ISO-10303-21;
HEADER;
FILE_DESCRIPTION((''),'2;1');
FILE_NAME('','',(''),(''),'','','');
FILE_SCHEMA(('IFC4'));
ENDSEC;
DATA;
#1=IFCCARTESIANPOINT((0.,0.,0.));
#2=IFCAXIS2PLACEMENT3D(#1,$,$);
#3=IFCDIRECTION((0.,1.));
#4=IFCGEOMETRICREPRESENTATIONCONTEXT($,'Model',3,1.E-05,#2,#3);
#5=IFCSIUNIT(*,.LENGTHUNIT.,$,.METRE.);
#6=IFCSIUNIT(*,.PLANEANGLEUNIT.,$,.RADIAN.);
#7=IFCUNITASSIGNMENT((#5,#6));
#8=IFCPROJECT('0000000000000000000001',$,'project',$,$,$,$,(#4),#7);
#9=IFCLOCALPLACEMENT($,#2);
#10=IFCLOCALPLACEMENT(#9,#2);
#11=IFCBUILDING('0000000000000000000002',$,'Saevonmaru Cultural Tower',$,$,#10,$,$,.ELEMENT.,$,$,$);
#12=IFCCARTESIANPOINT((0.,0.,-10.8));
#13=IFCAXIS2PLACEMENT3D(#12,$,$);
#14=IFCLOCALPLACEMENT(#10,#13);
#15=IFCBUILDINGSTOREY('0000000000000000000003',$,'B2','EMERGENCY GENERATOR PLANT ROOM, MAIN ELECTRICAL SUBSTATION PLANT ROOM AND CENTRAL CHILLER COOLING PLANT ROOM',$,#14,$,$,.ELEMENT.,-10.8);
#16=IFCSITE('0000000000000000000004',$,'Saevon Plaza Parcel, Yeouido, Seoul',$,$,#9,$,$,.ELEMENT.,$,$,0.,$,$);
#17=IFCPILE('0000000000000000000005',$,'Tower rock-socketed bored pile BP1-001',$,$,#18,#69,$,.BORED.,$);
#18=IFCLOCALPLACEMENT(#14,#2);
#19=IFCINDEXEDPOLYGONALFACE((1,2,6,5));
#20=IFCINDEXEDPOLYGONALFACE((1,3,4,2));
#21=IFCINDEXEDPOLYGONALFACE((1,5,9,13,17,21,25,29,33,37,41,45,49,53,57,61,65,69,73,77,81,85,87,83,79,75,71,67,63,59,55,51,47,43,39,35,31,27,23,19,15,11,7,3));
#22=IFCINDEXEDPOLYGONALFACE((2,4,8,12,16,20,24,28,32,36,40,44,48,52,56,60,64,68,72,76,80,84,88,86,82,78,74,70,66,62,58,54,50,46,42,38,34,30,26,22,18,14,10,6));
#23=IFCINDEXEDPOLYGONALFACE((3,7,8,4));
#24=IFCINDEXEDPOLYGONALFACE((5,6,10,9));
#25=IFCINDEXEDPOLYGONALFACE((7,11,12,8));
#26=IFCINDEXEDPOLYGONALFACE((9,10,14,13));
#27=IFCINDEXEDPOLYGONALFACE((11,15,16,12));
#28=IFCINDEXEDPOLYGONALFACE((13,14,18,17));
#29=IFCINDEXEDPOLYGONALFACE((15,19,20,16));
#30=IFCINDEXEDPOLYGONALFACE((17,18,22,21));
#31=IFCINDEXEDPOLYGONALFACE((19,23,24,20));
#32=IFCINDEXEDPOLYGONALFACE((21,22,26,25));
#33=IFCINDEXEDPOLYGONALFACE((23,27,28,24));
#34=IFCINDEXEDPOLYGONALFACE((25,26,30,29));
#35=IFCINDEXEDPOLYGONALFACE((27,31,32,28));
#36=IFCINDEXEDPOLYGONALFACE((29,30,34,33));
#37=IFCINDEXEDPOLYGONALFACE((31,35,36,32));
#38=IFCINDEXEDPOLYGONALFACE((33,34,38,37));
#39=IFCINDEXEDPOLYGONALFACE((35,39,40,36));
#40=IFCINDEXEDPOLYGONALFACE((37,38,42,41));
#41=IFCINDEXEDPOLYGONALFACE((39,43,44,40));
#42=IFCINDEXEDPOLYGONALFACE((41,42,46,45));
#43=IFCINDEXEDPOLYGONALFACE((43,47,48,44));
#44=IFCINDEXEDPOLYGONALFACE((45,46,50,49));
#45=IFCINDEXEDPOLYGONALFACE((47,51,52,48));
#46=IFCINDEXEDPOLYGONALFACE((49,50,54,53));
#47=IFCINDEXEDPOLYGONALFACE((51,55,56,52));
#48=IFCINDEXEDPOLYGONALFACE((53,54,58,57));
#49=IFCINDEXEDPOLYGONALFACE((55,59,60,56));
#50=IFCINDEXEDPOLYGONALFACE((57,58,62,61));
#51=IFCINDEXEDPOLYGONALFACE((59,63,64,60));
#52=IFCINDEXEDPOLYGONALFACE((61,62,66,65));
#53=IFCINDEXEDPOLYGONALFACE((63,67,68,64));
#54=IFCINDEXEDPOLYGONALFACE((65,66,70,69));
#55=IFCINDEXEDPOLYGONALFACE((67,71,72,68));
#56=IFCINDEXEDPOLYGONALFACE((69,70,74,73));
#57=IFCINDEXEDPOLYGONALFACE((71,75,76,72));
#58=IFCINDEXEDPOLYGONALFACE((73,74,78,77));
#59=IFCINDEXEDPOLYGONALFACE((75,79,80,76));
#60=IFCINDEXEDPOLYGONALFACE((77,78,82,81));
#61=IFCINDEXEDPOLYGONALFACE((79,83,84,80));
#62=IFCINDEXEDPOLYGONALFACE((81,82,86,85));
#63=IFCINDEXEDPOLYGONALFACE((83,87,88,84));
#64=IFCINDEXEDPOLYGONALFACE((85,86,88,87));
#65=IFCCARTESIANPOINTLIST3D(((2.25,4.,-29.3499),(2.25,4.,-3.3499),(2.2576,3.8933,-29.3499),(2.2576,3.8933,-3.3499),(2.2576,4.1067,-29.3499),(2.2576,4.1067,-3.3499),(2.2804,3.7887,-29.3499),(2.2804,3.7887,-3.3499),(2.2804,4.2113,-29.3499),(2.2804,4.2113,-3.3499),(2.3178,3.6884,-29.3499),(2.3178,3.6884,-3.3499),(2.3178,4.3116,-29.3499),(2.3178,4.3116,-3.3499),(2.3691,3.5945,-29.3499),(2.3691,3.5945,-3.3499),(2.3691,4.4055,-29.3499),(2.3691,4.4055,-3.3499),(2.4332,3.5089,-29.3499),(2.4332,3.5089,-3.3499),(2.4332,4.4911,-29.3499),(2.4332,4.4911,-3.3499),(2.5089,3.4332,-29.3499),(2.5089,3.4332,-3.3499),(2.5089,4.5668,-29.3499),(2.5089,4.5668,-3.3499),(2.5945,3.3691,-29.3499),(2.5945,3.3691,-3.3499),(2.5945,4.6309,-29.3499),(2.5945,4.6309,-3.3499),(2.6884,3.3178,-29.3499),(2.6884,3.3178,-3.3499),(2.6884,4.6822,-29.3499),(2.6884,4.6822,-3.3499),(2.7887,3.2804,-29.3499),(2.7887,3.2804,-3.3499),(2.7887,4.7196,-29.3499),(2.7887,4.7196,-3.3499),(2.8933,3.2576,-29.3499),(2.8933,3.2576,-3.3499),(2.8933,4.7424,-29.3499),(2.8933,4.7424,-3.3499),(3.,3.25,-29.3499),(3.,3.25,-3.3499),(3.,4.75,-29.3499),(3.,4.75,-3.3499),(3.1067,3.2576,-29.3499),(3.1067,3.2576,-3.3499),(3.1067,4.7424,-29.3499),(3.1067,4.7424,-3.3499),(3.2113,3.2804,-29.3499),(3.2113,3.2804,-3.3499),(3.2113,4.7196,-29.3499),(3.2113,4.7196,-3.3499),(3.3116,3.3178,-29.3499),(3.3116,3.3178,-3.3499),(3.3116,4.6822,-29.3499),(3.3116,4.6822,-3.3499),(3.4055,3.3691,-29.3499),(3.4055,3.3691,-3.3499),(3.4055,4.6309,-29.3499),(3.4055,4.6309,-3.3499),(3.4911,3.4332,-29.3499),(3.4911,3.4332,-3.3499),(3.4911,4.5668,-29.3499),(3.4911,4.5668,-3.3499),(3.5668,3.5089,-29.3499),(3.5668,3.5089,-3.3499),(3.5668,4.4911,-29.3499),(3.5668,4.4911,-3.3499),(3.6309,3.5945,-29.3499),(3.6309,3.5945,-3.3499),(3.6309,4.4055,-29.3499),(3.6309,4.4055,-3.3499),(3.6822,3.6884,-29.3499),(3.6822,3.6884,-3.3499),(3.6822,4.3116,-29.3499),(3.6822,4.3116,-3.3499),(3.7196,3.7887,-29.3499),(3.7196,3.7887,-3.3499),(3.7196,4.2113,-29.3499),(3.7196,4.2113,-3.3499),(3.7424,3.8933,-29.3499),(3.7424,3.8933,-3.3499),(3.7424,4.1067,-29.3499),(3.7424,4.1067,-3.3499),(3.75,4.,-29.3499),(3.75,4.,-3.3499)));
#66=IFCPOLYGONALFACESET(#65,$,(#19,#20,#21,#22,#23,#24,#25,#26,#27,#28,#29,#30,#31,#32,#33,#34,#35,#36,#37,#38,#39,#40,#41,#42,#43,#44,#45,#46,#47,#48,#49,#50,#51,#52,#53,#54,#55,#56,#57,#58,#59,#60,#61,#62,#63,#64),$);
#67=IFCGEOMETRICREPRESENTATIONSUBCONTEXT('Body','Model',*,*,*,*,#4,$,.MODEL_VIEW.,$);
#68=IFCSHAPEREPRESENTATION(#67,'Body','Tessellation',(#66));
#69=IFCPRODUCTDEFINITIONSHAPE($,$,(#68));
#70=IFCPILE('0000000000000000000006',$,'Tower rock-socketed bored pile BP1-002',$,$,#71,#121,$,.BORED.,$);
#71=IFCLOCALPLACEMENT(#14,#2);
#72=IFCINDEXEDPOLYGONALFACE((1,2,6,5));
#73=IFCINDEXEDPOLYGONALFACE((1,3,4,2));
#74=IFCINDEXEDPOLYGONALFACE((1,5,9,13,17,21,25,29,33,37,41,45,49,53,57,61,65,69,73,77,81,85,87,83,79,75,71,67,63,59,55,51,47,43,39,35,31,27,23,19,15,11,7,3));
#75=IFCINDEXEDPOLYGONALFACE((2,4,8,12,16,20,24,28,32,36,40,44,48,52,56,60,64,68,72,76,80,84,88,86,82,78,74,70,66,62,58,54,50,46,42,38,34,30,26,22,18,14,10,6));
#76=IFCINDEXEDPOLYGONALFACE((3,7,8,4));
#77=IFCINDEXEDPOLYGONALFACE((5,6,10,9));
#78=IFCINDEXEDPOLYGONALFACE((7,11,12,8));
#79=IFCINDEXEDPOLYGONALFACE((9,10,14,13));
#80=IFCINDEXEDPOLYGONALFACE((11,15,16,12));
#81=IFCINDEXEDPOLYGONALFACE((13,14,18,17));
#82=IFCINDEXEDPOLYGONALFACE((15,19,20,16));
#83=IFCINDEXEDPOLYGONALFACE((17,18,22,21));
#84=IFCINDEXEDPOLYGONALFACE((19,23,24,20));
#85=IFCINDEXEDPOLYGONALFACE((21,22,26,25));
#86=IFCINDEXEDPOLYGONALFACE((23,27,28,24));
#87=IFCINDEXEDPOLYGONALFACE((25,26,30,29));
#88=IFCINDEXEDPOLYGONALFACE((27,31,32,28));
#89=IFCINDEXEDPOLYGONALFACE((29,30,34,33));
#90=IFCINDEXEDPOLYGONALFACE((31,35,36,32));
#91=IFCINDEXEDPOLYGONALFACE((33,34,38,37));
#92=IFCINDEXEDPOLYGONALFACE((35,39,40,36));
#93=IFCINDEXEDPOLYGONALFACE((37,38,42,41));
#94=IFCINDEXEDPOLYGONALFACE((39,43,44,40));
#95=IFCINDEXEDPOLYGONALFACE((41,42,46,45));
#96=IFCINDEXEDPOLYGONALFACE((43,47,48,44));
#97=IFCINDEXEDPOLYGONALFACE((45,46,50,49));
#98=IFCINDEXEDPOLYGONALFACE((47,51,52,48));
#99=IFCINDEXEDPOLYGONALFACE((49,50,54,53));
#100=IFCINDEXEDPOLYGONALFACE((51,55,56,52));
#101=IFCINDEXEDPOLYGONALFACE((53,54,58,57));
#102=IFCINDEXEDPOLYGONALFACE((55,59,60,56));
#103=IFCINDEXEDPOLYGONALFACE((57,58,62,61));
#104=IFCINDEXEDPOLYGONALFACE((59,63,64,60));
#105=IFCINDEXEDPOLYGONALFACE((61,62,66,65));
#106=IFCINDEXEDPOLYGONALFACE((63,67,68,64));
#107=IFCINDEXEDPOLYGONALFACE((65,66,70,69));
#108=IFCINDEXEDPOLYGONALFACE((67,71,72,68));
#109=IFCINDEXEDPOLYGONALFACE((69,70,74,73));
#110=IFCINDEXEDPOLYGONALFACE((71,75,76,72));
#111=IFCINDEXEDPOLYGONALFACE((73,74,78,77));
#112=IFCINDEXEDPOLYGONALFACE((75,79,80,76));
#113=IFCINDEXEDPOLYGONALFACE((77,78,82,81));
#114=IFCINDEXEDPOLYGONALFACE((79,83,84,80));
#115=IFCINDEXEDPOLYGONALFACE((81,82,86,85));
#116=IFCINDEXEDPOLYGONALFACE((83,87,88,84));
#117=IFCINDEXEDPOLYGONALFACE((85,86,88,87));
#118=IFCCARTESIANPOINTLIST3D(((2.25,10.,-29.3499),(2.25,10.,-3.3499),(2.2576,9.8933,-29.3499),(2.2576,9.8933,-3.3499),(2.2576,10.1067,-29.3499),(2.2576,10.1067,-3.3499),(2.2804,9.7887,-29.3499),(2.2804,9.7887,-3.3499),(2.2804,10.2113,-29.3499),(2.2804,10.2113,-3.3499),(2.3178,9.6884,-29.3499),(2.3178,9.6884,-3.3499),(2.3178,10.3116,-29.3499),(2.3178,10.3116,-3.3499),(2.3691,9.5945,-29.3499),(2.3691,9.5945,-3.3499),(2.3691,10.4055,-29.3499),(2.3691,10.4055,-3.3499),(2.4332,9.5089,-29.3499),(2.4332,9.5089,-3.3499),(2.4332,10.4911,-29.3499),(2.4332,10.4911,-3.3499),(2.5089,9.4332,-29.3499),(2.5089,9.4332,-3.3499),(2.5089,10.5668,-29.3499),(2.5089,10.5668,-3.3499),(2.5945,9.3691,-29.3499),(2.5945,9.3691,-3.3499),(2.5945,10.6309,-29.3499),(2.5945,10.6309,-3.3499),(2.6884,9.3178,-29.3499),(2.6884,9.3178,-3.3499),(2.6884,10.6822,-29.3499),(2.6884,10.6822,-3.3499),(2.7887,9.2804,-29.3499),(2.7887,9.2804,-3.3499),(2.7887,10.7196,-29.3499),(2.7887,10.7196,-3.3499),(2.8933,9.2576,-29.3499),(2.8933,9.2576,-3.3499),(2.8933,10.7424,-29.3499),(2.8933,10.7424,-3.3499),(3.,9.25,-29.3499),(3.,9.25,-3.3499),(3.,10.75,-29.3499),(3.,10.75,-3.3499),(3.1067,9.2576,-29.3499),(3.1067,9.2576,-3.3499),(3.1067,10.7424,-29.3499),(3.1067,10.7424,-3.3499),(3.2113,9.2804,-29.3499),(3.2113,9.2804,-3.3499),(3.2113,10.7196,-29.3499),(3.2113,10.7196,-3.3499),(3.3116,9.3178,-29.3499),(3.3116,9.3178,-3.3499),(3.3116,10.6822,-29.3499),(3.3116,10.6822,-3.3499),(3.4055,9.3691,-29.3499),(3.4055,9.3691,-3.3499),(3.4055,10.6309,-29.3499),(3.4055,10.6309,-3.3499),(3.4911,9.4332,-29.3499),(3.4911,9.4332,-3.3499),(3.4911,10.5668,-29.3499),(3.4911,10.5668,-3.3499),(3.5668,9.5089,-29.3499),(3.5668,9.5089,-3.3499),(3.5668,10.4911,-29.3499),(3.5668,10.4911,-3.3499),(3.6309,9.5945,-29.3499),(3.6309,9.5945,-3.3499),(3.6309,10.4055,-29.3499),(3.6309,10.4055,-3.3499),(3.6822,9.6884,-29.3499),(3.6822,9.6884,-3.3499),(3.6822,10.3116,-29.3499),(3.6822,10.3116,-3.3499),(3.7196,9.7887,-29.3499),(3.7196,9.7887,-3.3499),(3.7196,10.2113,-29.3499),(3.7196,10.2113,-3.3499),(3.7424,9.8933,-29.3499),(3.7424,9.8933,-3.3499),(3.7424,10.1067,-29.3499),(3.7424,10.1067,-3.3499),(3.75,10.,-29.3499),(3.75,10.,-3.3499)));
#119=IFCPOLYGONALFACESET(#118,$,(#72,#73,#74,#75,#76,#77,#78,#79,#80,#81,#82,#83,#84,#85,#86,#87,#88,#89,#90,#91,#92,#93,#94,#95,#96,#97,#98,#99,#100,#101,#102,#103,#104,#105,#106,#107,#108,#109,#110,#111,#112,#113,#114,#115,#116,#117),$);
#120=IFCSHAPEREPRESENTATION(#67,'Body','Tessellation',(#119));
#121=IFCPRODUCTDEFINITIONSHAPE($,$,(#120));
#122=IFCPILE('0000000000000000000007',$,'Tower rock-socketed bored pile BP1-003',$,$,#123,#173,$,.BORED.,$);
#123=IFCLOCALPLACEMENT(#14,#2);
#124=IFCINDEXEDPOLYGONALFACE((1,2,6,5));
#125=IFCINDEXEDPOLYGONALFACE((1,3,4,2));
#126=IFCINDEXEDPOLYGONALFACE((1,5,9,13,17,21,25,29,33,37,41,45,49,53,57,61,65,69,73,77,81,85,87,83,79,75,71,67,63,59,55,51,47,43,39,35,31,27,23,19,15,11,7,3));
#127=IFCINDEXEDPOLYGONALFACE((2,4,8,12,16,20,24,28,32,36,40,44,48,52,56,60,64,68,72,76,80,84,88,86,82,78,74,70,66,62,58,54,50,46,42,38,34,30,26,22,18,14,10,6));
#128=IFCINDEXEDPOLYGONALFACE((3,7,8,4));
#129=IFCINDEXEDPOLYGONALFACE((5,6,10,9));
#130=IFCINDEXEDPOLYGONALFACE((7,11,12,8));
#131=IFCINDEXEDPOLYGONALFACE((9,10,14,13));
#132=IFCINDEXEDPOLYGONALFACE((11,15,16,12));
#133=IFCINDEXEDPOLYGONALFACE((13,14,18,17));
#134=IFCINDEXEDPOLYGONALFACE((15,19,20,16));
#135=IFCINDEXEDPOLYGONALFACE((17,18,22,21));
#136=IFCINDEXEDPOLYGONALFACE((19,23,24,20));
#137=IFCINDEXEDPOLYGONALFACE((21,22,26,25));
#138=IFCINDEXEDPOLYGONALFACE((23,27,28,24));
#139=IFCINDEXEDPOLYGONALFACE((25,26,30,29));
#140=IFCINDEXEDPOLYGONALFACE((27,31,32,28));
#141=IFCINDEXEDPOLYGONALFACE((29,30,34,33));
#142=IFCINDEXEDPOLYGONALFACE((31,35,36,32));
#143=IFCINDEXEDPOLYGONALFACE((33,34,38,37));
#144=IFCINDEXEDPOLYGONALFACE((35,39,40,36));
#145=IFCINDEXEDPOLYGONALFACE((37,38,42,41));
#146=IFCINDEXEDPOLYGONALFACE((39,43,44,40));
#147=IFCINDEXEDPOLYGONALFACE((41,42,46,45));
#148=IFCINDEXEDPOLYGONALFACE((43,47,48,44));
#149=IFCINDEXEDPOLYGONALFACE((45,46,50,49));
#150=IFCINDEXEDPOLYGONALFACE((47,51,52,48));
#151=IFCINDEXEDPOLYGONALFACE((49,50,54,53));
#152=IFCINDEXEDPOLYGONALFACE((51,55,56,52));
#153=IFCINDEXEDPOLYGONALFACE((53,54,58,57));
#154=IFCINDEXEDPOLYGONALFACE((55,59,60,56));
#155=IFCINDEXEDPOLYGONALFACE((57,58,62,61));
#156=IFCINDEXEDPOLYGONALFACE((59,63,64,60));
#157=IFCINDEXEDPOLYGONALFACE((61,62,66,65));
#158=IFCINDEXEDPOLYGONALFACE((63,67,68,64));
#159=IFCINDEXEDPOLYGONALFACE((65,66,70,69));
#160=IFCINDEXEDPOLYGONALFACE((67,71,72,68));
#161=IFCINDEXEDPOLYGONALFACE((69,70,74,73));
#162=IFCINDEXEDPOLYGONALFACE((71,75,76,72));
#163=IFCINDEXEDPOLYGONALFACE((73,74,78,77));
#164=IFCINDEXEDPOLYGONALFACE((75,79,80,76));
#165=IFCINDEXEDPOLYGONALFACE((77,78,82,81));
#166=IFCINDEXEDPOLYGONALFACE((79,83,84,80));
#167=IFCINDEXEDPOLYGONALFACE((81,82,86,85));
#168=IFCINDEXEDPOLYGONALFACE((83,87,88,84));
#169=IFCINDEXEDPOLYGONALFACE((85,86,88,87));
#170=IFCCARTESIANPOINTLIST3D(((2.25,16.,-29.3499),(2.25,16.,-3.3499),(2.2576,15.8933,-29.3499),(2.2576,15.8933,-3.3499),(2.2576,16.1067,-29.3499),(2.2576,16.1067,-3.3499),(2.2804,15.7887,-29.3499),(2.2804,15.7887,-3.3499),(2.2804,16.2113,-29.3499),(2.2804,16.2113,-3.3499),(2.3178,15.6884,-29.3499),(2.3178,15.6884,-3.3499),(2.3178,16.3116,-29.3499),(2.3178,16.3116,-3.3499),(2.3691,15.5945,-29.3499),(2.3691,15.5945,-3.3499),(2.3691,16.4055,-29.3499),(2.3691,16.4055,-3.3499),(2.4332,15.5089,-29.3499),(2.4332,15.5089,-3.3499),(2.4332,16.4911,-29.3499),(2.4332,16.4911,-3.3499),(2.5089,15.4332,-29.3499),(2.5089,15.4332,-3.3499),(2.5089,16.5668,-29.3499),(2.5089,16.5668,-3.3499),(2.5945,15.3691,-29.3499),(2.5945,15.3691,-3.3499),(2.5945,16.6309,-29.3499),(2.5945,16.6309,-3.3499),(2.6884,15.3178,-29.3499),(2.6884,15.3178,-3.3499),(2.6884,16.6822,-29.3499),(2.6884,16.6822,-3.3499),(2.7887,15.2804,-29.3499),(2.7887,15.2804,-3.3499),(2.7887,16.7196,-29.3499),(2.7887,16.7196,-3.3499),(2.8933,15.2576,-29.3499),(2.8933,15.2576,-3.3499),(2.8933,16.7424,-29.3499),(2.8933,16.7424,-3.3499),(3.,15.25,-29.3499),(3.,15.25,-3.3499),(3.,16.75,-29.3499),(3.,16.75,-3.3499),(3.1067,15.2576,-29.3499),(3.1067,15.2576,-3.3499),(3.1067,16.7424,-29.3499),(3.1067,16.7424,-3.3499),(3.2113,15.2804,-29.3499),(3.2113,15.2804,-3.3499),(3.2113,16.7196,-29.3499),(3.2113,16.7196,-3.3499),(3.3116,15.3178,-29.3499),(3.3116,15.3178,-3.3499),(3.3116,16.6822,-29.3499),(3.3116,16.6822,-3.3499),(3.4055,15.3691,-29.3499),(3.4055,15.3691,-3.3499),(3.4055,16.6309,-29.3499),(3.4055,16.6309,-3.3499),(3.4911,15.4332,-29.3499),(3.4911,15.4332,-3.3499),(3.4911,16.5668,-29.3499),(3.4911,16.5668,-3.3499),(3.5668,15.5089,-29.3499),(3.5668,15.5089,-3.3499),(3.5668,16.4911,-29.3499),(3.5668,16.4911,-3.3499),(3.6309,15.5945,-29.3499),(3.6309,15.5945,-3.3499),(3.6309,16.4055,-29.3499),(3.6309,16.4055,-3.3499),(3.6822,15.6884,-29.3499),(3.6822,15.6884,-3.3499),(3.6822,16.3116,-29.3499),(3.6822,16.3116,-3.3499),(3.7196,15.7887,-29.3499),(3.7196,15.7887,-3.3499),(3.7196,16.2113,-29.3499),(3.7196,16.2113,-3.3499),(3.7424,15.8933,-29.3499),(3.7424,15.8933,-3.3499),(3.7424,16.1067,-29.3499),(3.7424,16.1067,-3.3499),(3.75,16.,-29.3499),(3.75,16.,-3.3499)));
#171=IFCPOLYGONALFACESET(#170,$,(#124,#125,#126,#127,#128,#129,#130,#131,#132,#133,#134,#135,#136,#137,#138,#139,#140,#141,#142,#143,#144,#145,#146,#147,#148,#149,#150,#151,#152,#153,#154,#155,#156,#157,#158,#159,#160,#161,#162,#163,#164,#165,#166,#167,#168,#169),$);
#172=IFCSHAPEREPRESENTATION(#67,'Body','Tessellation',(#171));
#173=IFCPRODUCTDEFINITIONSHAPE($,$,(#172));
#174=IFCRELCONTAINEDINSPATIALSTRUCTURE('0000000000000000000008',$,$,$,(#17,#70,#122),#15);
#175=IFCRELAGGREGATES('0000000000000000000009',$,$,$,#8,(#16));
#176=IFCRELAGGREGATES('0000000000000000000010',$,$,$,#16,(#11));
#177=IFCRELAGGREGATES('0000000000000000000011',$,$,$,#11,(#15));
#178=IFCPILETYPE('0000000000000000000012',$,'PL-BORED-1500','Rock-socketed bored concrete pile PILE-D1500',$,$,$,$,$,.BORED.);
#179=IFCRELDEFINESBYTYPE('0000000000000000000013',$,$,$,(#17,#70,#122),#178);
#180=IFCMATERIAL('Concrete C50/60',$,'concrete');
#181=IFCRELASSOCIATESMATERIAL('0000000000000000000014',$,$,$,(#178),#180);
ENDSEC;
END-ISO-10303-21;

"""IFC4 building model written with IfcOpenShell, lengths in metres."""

from ifc_helpers import new_model, si_unit, direction, frame, origin, origin_2d, place, context, subcontext, project, spatial, circle, extrude, material, material_profile, profile_set, type_object, element, save


model = new_model("IFC4")

# Units and contexts
model_context = context("Model", 3, precision=1e-05, world=origin(), true_north=direction((0.0, 1.0)))
body_context = subcontext(model_context, "Body", "Model", "MODEL_VIEW")
ifc_project = project(units=[si_unit("LENGTHUNIT", "METRE"), si_unit("PLANEANGLEUNIT", "RADIAN")], contexts=[model_context])

# Site, building, storey
site_placement = place(None, origin())
site = spatial("IfcSite", under=ifc_project, at=site_placement, Name="Saevon Plaza Parcel, Yeouido, Seoul", CompositionType="ELEMENT", RefElevation=0.0)
building_placement = place(site_placement, origin())
building = spatial("IfcBuilding", under=site, at=building_placement, Name="Saevonmaru Cultural Tower", CompositionType="ELEMENT")
storey_placement = place(building_placement, frame((0.0, 0.0, -10.8)))
storey = spatial("IfcBuildingStorey", under=building, at=storey_placement, Name="B2", Description="EMERGENCY GENERATOR PLANT ROOM, MAIN ELECTRICAL SUBSTATION PLANT ROOM AND CENTRAL CHILLER COOLING PLANT ROOM", CompositionType="ELEMENT", Elevation=-10.8)

# Piles
ifc_material_1 = material(Name="Concrete C50/60", Category="concrete")
ifc_material_profile_1 = material_profile(ifc_material_1, circle(Radius=0.75, at=origin_2d()), Name="PILE-D1500")
ifc_profile_set_1 = profile_set([ifc_material_profile_1], Name="Concrete C50/60")
pile_type = type_object("IfcPileType", Name="PL-BORED-1500", Description="Rock-socketed bored concrete pile PILE-D1500", PredefinedType="BORED", material=ifc_profile_set_1)
for number, where, z_axis, x_axis, name in (
    (1, (3.0, 4.0, -3.3499), (0.0, 0.0, -1.0), (1.0, 0.0, 0.0), "Tower rock-socketed bored pile BP1-001"),
    (2, (3.0, 10.0, -3.3499), (0.0, 0.0, -1.0), (1.0, 0.0, 0.0), "Tower rock-socketed bored pile BP1-002"),
    (3, (3.0, 16.0, -3.3499), (0.0, 0.0, -1.0), (1.0, 0.0, 0.0), "Tower rock-socketed bored pile BP1-003"),
):
    element("IfcPile", number, at=place(storey_placement, frame(where, z_axis=z_axis, x_axis=x_axis)), inside=storey, type_object=pile_type, Name=name, PredefinedType="BORED", context=body_context, shape_type="SweptSolid", body=[
        extrude(circle(Radius=0.75, at=origin_2d()), origin(), (0.0, 0.0, 1.0), 26.0),
    ])

save(model, "model.ifc")
